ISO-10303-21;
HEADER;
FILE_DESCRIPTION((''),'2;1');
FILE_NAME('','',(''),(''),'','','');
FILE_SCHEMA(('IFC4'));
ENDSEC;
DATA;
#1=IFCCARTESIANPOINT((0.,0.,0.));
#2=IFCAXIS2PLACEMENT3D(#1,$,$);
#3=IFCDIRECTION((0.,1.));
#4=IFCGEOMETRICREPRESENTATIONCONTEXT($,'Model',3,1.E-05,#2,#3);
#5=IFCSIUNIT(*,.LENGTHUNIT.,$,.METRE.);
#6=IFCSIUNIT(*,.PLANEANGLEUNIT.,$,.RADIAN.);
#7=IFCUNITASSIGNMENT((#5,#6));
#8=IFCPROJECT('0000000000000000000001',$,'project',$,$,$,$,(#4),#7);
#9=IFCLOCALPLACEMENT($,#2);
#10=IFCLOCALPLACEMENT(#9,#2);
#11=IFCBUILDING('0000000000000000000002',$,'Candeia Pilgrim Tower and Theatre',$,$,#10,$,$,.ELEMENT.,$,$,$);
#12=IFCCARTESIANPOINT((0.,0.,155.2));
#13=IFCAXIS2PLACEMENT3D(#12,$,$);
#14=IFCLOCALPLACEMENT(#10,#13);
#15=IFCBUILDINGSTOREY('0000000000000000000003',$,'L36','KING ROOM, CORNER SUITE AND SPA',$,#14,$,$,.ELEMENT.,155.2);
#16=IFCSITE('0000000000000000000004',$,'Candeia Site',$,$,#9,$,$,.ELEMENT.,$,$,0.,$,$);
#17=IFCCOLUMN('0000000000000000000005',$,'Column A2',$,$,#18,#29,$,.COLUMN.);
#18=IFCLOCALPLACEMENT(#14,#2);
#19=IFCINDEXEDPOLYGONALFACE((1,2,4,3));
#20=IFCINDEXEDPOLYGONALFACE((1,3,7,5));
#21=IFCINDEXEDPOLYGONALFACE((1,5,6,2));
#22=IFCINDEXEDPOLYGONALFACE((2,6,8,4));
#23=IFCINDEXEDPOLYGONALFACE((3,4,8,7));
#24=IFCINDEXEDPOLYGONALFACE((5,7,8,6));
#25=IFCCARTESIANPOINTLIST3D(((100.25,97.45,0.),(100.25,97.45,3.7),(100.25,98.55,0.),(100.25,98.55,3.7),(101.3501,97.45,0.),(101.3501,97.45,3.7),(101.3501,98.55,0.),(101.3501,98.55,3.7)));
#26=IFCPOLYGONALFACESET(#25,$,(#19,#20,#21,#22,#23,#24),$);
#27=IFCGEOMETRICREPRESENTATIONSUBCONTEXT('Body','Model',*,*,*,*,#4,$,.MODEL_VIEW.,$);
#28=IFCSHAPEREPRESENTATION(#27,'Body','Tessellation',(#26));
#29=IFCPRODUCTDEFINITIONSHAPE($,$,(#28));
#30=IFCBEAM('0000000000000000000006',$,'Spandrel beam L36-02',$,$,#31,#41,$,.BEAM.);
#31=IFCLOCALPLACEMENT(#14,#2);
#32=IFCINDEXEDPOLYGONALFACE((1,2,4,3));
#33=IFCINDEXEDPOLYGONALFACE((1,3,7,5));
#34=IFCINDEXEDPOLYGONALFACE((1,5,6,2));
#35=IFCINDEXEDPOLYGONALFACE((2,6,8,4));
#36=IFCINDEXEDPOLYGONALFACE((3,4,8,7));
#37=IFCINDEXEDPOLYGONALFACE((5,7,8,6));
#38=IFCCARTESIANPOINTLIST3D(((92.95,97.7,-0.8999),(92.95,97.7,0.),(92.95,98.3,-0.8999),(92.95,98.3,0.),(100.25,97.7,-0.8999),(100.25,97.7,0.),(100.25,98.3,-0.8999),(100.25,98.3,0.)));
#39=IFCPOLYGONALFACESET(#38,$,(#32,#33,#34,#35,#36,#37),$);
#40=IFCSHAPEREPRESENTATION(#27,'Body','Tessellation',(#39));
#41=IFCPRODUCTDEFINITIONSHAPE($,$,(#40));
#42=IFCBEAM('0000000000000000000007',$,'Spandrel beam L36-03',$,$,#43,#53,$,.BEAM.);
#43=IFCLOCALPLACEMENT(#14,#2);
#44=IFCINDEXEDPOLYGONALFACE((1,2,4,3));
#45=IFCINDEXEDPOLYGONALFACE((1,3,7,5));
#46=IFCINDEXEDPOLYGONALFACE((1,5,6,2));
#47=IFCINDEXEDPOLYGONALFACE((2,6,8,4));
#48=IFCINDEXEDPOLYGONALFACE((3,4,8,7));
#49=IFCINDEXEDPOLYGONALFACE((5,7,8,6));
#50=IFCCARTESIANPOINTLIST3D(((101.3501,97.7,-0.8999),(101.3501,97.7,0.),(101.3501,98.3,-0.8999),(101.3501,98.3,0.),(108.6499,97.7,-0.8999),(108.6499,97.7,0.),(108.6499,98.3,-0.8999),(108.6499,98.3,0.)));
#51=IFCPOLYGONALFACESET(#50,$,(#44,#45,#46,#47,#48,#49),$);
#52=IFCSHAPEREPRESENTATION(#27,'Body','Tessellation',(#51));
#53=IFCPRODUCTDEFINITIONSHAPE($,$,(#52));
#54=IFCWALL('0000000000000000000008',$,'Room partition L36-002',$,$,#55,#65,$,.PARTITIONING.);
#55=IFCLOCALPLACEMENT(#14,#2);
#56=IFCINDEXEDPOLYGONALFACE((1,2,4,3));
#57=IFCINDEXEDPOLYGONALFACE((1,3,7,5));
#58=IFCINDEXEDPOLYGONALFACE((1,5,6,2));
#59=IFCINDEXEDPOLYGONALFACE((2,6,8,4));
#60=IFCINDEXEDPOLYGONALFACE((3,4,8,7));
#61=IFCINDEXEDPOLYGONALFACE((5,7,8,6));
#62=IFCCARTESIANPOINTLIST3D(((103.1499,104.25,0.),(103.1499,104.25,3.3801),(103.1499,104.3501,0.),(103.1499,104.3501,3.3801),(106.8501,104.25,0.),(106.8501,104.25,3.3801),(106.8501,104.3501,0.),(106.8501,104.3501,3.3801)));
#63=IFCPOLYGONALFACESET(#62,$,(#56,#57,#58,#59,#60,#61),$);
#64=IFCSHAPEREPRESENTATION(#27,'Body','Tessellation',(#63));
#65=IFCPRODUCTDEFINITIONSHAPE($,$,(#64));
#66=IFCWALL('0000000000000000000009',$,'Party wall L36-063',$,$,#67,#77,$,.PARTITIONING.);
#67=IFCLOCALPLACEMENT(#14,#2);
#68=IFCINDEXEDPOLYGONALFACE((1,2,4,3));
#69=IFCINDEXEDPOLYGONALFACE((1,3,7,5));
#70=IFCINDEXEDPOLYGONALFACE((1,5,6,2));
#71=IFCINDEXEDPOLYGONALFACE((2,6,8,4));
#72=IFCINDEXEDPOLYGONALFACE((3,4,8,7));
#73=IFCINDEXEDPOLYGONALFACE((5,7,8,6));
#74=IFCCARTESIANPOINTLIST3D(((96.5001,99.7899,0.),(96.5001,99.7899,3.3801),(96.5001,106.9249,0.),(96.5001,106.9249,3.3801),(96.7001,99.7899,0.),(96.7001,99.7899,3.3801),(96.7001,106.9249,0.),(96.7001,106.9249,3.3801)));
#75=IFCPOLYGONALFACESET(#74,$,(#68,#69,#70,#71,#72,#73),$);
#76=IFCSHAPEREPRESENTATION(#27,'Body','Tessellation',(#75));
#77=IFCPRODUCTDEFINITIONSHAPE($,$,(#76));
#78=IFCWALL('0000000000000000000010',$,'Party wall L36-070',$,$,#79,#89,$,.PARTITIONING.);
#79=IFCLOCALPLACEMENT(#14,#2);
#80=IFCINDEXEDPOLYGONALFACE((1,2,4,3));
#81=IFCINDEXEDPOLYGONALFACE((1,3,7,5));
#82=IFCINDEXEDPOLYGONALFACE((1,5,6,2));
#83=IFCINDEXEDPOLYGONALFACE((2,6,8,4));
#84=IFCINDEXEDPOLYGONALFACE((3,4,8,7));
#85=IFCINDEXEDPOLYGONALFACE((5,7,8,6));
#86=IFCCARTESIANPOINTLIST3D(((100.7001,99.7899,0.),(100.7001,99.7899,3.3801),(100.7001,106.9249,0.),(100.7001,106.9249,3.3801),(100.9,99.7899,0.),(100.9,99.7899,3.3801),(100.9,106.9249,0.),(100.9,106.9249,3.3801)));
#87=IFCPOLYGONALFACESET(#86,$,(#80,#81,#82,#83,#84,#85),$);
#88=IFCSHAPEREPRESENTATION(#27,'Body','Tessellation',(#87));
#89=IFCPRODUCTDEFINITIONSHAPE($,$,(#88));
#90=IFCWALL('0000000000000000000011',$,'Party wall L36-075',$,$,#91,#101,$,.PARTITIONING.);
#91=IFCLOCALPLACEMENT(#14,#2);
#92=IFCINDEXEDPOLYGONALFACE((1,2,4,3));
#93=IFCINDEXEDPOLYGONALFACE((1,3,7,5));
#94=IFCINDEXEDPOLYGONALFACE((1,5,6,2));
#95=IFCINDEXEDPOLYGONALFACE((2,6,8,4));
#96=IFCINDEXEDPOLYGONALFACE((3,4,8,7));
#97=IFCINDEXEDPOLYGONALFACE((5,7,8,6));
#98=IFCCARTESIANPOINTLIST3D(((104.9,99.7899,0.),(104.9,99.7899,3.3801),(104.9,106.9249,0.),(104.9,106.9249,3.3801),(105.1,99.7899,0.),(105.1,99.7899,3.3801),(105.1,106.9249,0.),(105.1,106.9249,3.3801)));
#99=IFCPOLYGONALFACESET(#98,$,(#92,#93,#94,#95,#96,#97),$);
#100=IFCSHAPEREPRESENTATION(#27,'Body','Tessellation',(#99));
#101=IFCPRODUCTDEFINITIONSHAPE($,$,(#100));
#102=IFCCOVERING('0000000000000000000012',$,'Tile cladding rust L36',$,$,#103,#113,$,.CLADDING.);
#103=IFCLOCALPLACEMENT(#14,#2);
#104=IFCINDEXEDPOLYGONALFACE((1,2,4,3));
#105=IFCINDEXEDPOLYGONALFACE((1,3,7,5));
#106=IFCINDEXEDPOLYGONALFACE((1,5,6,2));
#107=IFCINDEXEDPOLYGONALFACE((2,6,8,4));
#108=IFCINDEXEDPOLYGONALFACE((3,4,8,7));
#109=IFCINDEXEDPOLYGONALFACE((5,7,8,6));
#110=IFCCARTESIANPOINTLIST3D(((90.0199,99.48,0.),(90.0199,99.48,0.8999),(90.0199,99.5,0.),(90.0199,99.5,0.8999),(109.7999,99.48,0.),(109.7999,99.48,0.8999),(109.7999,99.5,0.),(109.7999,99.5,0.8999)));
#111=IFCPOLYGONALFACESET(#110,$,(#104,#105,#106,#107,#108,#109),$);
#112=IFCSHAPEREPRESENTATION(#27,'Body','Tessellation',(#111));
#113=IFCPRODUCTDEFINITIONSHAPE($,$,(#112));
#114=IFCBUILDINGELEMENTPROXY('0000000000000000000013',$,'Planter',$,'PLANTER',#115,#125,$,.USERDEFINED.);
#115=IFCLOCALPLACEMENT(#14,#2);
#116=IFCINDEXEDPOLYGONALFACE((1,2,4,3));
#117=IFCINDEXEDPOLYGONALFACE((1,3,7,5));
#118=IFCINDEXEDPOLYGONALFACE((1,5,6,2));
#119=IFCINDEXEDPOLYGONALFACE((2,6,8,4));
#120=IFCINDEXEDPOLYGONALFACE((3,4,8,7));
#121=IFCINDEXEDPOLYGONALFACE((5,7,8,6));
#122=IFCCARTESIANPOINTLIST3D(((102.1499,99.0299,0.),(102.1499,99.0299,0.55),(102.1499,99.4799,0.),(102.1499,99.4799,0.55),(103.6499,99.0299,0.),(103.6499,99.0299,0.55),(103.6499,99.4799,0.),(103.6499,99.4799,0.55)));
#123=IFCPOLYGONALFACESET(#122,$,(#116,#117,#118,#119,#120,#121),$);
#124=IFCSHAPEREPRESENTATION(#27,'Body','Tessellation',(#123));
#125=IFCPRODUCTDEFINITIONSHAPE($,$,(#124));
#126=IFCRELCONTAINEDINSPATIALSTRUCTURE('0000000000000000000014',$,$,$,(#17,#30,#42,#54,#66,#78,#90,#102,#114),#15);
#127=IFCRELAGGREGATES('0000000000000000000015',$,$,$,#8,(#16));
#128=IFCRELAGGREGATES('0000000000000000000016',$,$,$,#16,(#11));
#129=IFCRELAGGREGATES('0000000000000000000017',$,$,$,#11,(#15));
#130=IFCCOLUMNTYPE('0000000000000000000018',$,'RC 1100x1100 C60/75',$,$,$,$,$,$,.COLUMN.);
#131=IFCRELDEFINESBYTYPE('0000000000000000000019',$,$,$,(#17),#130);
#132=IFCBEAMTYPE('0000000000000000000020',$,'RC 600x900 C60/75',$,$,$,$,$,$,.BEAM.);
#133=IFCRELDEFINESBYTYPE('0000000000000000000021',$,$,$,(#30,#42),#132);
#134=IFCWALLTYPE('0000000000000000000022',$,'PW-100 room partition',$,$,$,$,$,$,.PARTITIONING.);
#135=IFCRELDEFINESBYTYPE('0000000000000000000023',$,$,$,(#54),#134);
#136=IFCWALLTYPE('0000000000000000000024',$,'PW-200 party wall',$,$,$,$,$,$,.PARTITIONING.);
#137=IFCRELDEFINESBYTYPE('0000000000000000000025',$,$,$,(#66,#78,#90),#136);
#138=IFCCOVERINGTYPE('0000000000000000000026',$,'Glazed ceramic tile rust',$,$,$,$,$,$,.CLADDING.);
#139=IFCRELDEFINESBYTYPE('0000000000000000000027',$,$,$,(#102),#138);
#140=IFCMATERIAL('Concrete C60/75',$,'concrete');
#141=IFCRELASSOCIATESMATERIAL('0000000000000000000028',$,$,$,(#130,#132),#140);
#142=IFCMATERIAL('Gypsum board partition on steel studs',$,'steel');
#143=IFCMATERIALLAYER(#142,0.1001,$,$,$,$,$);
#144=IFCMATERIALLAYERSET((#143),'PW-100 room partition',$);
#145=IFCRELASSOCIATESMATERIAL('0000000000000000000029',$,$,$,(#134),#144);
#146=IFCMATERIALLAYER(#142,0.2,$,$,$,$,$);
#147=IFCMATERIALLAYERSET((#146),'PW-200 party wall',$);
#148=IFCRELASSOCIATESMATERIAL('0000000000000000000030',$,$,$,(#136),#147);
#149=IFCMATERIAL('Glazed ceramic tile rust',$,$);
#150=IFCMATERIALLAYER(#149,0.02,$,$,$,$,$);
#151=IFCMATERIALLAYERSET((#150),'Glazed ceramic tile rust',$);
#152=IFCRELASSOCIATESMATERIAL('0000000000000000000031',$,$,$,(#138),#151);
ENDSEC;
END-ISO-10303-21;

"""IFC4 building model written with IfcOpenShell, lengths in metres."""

from ifc_helpers import new_model, si_unit, direction, frame, frame_2d, origin, origin_2d, place, context, subcontext, project, spatial, rectangle, extrude, material, layer, layer_set, material_profile, profile_set, type_object, element, save


model = new_model("IFC4")

# Units and contexts
model_context = context("Model", 3, precision=1e-05, world=origin(), true_north=direction((0.0, 1.0)))
body_context = subcontext(model_context, "Body", "Model", "MODEL_VIEW")
ifc_project = project(units=[si_unit("LENGTHUNIT", "METRE"), si_unit("PLANEANGLEUNIT", "RADIAN")], contexts=[model_context])

# Site, building, storey
site_placement = place(None, origin())
site = spatial("IfcSite", under=ifc_project, at=site_placement, Name="Candeia Site", CompositionType="ELEMENT", RefElevation=0.0)
building_placement = place(site_placement, origin())
building = spatial("IfcBuilding", under=site, at=building_placement, Name="Candeia Pilgrim Tower and Theatre", CompositionType="ELEMENT")
storey_placement = place(building_placement, frame((0.0, 0.0, 155.2)))
storey = spatial("IfcBuildingStorey", under=building, at=storey_placement, Name="L36", Description="KING ROOM, CORNER SUITE AND SPA", CompositionType="ELEMENT", Elevation=155.2)

# Column
ifc_material_1 = material(Name="Concrete C60/75", Category="concrete")
ifc_material_profile_1 = material_profile(ifc_material_1, rectangle(XDim=1.1001, YDim=1.1001, at=origin_2d()))
ifc_profile_set_1 = profile_set([ifc_material_profile_1], Name="Concrete C60/75")
column_type = type_object("IfcColumnType", Name="RC 1100x1100 C60/75", PredefinedType="COLUMN", material=ifc_profile_set_1)
column_placement = place(storey_placement, frame((100.8, 98.0, 0.0), z_axis=(0.0, 0.0, 1.0), x_axis=(1.0, 0.0, 0.0)))
element("IfcColumn", 1, at=column_placement, inside=storey, type_object=column_type, Name="Column A2", PredefinedType="COLUMN", context=body_context, shape_type="SweptSolid", body=[
    extrude(rectangle(XDim=1.1001, YDim=1.1001, at=origin_2d()), origin(), (0.0, 0.0, 1.0), 3.7),
])

# Beams
ifc_material_profile_2 = material_profile(ifc_material_1, rectangle(XDim=0.6001, YDim=0.8999, at=origin_2d()))
ifc_profile_set_2 = profile_set([ifc_material_profile_2], Name="Concrete C60/75")
beam_type = type_object("IfcBeamType", Name="RC 600x900 C60/75", PredefinedType="BEAM", material=ifc_profile_set_2)
beam_1_placement = place(storey_placement, frame((92.95, 98.0, -0.45), z_axis=(1.0, 0.0, 0.0), x_axis=(0.0, 1.0, 0.0)))
element("IfcBeam", 2, at=beam_1_placement, inside=storey, type_object=beam_type, Name="Spandrel beam L36-02", PredefinedType="BEAM", context=body_context, shape_type="SweptSolid", body=[
    extrude(rectangle(XDim=0.6001, YDim=0.8999, at=origin_2d()), origin(), (0.0, 0.0, 1.0), 7.3),
])
beam_2_placement = place(storey_placement, frame((101.3501, 98.0, -0.45), z_axis=(1.0, 0.0, 0.0), x_axis=(0.0, 1.0, 0.0)))
element("IfcBeam", 3, at=beam_2_placement, inside=storey, type_object=beam_type, Name="Spandrel beam L36-03", PredefinedType="BEAM", context=body_context, shape_type="SweptSolid", body=[
    extrude(rectangle(XDim=0.6001, YDim=0.8999, at=origin_2d()), origin(), (0.0, 0.0, 1.0), 7.2998),
])

# Walls
ifc_material_2 = material(Name="Gypsum board partition on steel studs", Category="steel")
ifc_layer_1 = layer(ifc_material_2, 0.1001)
ifc_layer_set_1 = layer_set([ifc_layer_1], Name="PW-100 room partition")
wall_type_1 = type_object("IfcWallType", Name="PW-100 room partition", PredefinedType="PARTITIONING", material=ifc_layer_set_1)
wall_placement = place(storey_placement, frame((103.1499, 104.3, 0.0), z_axis=(0.0, 0.0, 1.0), x_axis=(1.0, 0.0, 0.0)))
element("IfcWall", 4, at=wall_placement, inside=storey, type_object=wall_type_1, Name="Room partition L36-002", PredefinedType="PARTITIONING", context=body_context, shape_type="SweptSolid", body=[
    extrude(rectangle(XDim=3.7002, YDim=0.1001, at=frame_2d((1.8501, 0.0))), origin(), (0.0, 0.0, 1.0), 3.3801),
])
ifc_layer_2 = layer(ifc_material_2, 0.2)
ifc_layer_set_2 = layer_set([ifc_layer_2], Name="PW-200 party wall")
wall_type_2 = type_object("IfcWallType", Name="PW-200 party wall", PredefinedType="PARTITIONING", material=ifc_layer_set_2)
for number, where, z_axis, x_axis, name in (
    (5, (96.6001, 99.79, 0.0), (0.0, 0.0, 1.0), (0.0, 1.0, 0.0), "Party wall L36-063"),
    (6, (100.8, 99.79, 0.0), (0.0, 0.0, 1.0), (0.0, 1.0, 0.0), "Party wall L36-070"),
    (7, (105.0, 99.79, 0.0), (0.0, 0.0, 1.0), (0.0, 1.0, 0.0), "Party wall L36-075"),
):
    element("IfcWall", number, at=place(storey_placement, frame(where, z_axis=z_axis, x_axis=x_axis)), inside=storey, type_object=wall_type_2, Name=name, PredefinedType="PARTITIONING", context=body_context, shape_type="SweptSolid", body=[
        extrude(rectangle(XDim=7.135, YDim=0.2, at=frame_2d((3.5674, 0.0))), origin(), (0.0, 0.0, 1.0), 3.3801),
    ])

# Covering
ifc_material_3 = material(Name="Glazed ceramic tile rust")
ifc_layer_3 = layer(ifc_material_3, 0.02)
ifc_layer_set_3 = layer_set([ifc_layer_3], Name="Glazed ceramic tile rust")
covering_type = type_object("IfcCoveringType", Name="Glazed ceramic tile rust", PredefinedType="CLADDING", material=ifc_layer_set_3)
covering_placement = place(storey_placement, frame((99.9099, 99.49, 0.0), z_axis=(0.0, 0.0, 1.0), x_axis=(1.0, 0.0, 0.0)))
element("IfcCovering", 8, at=covering_placement, inside=storey, type_object=covering_type, Name="Tile cladding rust L36", PredefinedType="CLADDING", context=body_context, shape_type="SweptSolid", body=[
    extrude(rectangle(XDim=19.78, YDim=0.02, at=origin_2d()), origin(), (0.0, 0.0, 1.0), 0.8999),
])

# Building element proxy
proxy_placement = place(storey_placement, frame((102.8999, 99.2549, 0.0), z_axis=(0.0, 0.0, 1.0), x_axis=(1.0, 0.0, 0.0)))
element("IfcBuildingElementProxy", 9, at=proxy_placement, inside=storey, Name="Planter", ObjectType="PLANTER", PredefinedType="USERDEFINED", context=body_context, shape_type="SweptSolid", body=[
    extrude(rectangle(XDim=1.5, YDim=0.45, at=origin_2d()), origin(), (0.0, 0.0, 1.0), 0.55),
])

save(model, "model.ifc")
